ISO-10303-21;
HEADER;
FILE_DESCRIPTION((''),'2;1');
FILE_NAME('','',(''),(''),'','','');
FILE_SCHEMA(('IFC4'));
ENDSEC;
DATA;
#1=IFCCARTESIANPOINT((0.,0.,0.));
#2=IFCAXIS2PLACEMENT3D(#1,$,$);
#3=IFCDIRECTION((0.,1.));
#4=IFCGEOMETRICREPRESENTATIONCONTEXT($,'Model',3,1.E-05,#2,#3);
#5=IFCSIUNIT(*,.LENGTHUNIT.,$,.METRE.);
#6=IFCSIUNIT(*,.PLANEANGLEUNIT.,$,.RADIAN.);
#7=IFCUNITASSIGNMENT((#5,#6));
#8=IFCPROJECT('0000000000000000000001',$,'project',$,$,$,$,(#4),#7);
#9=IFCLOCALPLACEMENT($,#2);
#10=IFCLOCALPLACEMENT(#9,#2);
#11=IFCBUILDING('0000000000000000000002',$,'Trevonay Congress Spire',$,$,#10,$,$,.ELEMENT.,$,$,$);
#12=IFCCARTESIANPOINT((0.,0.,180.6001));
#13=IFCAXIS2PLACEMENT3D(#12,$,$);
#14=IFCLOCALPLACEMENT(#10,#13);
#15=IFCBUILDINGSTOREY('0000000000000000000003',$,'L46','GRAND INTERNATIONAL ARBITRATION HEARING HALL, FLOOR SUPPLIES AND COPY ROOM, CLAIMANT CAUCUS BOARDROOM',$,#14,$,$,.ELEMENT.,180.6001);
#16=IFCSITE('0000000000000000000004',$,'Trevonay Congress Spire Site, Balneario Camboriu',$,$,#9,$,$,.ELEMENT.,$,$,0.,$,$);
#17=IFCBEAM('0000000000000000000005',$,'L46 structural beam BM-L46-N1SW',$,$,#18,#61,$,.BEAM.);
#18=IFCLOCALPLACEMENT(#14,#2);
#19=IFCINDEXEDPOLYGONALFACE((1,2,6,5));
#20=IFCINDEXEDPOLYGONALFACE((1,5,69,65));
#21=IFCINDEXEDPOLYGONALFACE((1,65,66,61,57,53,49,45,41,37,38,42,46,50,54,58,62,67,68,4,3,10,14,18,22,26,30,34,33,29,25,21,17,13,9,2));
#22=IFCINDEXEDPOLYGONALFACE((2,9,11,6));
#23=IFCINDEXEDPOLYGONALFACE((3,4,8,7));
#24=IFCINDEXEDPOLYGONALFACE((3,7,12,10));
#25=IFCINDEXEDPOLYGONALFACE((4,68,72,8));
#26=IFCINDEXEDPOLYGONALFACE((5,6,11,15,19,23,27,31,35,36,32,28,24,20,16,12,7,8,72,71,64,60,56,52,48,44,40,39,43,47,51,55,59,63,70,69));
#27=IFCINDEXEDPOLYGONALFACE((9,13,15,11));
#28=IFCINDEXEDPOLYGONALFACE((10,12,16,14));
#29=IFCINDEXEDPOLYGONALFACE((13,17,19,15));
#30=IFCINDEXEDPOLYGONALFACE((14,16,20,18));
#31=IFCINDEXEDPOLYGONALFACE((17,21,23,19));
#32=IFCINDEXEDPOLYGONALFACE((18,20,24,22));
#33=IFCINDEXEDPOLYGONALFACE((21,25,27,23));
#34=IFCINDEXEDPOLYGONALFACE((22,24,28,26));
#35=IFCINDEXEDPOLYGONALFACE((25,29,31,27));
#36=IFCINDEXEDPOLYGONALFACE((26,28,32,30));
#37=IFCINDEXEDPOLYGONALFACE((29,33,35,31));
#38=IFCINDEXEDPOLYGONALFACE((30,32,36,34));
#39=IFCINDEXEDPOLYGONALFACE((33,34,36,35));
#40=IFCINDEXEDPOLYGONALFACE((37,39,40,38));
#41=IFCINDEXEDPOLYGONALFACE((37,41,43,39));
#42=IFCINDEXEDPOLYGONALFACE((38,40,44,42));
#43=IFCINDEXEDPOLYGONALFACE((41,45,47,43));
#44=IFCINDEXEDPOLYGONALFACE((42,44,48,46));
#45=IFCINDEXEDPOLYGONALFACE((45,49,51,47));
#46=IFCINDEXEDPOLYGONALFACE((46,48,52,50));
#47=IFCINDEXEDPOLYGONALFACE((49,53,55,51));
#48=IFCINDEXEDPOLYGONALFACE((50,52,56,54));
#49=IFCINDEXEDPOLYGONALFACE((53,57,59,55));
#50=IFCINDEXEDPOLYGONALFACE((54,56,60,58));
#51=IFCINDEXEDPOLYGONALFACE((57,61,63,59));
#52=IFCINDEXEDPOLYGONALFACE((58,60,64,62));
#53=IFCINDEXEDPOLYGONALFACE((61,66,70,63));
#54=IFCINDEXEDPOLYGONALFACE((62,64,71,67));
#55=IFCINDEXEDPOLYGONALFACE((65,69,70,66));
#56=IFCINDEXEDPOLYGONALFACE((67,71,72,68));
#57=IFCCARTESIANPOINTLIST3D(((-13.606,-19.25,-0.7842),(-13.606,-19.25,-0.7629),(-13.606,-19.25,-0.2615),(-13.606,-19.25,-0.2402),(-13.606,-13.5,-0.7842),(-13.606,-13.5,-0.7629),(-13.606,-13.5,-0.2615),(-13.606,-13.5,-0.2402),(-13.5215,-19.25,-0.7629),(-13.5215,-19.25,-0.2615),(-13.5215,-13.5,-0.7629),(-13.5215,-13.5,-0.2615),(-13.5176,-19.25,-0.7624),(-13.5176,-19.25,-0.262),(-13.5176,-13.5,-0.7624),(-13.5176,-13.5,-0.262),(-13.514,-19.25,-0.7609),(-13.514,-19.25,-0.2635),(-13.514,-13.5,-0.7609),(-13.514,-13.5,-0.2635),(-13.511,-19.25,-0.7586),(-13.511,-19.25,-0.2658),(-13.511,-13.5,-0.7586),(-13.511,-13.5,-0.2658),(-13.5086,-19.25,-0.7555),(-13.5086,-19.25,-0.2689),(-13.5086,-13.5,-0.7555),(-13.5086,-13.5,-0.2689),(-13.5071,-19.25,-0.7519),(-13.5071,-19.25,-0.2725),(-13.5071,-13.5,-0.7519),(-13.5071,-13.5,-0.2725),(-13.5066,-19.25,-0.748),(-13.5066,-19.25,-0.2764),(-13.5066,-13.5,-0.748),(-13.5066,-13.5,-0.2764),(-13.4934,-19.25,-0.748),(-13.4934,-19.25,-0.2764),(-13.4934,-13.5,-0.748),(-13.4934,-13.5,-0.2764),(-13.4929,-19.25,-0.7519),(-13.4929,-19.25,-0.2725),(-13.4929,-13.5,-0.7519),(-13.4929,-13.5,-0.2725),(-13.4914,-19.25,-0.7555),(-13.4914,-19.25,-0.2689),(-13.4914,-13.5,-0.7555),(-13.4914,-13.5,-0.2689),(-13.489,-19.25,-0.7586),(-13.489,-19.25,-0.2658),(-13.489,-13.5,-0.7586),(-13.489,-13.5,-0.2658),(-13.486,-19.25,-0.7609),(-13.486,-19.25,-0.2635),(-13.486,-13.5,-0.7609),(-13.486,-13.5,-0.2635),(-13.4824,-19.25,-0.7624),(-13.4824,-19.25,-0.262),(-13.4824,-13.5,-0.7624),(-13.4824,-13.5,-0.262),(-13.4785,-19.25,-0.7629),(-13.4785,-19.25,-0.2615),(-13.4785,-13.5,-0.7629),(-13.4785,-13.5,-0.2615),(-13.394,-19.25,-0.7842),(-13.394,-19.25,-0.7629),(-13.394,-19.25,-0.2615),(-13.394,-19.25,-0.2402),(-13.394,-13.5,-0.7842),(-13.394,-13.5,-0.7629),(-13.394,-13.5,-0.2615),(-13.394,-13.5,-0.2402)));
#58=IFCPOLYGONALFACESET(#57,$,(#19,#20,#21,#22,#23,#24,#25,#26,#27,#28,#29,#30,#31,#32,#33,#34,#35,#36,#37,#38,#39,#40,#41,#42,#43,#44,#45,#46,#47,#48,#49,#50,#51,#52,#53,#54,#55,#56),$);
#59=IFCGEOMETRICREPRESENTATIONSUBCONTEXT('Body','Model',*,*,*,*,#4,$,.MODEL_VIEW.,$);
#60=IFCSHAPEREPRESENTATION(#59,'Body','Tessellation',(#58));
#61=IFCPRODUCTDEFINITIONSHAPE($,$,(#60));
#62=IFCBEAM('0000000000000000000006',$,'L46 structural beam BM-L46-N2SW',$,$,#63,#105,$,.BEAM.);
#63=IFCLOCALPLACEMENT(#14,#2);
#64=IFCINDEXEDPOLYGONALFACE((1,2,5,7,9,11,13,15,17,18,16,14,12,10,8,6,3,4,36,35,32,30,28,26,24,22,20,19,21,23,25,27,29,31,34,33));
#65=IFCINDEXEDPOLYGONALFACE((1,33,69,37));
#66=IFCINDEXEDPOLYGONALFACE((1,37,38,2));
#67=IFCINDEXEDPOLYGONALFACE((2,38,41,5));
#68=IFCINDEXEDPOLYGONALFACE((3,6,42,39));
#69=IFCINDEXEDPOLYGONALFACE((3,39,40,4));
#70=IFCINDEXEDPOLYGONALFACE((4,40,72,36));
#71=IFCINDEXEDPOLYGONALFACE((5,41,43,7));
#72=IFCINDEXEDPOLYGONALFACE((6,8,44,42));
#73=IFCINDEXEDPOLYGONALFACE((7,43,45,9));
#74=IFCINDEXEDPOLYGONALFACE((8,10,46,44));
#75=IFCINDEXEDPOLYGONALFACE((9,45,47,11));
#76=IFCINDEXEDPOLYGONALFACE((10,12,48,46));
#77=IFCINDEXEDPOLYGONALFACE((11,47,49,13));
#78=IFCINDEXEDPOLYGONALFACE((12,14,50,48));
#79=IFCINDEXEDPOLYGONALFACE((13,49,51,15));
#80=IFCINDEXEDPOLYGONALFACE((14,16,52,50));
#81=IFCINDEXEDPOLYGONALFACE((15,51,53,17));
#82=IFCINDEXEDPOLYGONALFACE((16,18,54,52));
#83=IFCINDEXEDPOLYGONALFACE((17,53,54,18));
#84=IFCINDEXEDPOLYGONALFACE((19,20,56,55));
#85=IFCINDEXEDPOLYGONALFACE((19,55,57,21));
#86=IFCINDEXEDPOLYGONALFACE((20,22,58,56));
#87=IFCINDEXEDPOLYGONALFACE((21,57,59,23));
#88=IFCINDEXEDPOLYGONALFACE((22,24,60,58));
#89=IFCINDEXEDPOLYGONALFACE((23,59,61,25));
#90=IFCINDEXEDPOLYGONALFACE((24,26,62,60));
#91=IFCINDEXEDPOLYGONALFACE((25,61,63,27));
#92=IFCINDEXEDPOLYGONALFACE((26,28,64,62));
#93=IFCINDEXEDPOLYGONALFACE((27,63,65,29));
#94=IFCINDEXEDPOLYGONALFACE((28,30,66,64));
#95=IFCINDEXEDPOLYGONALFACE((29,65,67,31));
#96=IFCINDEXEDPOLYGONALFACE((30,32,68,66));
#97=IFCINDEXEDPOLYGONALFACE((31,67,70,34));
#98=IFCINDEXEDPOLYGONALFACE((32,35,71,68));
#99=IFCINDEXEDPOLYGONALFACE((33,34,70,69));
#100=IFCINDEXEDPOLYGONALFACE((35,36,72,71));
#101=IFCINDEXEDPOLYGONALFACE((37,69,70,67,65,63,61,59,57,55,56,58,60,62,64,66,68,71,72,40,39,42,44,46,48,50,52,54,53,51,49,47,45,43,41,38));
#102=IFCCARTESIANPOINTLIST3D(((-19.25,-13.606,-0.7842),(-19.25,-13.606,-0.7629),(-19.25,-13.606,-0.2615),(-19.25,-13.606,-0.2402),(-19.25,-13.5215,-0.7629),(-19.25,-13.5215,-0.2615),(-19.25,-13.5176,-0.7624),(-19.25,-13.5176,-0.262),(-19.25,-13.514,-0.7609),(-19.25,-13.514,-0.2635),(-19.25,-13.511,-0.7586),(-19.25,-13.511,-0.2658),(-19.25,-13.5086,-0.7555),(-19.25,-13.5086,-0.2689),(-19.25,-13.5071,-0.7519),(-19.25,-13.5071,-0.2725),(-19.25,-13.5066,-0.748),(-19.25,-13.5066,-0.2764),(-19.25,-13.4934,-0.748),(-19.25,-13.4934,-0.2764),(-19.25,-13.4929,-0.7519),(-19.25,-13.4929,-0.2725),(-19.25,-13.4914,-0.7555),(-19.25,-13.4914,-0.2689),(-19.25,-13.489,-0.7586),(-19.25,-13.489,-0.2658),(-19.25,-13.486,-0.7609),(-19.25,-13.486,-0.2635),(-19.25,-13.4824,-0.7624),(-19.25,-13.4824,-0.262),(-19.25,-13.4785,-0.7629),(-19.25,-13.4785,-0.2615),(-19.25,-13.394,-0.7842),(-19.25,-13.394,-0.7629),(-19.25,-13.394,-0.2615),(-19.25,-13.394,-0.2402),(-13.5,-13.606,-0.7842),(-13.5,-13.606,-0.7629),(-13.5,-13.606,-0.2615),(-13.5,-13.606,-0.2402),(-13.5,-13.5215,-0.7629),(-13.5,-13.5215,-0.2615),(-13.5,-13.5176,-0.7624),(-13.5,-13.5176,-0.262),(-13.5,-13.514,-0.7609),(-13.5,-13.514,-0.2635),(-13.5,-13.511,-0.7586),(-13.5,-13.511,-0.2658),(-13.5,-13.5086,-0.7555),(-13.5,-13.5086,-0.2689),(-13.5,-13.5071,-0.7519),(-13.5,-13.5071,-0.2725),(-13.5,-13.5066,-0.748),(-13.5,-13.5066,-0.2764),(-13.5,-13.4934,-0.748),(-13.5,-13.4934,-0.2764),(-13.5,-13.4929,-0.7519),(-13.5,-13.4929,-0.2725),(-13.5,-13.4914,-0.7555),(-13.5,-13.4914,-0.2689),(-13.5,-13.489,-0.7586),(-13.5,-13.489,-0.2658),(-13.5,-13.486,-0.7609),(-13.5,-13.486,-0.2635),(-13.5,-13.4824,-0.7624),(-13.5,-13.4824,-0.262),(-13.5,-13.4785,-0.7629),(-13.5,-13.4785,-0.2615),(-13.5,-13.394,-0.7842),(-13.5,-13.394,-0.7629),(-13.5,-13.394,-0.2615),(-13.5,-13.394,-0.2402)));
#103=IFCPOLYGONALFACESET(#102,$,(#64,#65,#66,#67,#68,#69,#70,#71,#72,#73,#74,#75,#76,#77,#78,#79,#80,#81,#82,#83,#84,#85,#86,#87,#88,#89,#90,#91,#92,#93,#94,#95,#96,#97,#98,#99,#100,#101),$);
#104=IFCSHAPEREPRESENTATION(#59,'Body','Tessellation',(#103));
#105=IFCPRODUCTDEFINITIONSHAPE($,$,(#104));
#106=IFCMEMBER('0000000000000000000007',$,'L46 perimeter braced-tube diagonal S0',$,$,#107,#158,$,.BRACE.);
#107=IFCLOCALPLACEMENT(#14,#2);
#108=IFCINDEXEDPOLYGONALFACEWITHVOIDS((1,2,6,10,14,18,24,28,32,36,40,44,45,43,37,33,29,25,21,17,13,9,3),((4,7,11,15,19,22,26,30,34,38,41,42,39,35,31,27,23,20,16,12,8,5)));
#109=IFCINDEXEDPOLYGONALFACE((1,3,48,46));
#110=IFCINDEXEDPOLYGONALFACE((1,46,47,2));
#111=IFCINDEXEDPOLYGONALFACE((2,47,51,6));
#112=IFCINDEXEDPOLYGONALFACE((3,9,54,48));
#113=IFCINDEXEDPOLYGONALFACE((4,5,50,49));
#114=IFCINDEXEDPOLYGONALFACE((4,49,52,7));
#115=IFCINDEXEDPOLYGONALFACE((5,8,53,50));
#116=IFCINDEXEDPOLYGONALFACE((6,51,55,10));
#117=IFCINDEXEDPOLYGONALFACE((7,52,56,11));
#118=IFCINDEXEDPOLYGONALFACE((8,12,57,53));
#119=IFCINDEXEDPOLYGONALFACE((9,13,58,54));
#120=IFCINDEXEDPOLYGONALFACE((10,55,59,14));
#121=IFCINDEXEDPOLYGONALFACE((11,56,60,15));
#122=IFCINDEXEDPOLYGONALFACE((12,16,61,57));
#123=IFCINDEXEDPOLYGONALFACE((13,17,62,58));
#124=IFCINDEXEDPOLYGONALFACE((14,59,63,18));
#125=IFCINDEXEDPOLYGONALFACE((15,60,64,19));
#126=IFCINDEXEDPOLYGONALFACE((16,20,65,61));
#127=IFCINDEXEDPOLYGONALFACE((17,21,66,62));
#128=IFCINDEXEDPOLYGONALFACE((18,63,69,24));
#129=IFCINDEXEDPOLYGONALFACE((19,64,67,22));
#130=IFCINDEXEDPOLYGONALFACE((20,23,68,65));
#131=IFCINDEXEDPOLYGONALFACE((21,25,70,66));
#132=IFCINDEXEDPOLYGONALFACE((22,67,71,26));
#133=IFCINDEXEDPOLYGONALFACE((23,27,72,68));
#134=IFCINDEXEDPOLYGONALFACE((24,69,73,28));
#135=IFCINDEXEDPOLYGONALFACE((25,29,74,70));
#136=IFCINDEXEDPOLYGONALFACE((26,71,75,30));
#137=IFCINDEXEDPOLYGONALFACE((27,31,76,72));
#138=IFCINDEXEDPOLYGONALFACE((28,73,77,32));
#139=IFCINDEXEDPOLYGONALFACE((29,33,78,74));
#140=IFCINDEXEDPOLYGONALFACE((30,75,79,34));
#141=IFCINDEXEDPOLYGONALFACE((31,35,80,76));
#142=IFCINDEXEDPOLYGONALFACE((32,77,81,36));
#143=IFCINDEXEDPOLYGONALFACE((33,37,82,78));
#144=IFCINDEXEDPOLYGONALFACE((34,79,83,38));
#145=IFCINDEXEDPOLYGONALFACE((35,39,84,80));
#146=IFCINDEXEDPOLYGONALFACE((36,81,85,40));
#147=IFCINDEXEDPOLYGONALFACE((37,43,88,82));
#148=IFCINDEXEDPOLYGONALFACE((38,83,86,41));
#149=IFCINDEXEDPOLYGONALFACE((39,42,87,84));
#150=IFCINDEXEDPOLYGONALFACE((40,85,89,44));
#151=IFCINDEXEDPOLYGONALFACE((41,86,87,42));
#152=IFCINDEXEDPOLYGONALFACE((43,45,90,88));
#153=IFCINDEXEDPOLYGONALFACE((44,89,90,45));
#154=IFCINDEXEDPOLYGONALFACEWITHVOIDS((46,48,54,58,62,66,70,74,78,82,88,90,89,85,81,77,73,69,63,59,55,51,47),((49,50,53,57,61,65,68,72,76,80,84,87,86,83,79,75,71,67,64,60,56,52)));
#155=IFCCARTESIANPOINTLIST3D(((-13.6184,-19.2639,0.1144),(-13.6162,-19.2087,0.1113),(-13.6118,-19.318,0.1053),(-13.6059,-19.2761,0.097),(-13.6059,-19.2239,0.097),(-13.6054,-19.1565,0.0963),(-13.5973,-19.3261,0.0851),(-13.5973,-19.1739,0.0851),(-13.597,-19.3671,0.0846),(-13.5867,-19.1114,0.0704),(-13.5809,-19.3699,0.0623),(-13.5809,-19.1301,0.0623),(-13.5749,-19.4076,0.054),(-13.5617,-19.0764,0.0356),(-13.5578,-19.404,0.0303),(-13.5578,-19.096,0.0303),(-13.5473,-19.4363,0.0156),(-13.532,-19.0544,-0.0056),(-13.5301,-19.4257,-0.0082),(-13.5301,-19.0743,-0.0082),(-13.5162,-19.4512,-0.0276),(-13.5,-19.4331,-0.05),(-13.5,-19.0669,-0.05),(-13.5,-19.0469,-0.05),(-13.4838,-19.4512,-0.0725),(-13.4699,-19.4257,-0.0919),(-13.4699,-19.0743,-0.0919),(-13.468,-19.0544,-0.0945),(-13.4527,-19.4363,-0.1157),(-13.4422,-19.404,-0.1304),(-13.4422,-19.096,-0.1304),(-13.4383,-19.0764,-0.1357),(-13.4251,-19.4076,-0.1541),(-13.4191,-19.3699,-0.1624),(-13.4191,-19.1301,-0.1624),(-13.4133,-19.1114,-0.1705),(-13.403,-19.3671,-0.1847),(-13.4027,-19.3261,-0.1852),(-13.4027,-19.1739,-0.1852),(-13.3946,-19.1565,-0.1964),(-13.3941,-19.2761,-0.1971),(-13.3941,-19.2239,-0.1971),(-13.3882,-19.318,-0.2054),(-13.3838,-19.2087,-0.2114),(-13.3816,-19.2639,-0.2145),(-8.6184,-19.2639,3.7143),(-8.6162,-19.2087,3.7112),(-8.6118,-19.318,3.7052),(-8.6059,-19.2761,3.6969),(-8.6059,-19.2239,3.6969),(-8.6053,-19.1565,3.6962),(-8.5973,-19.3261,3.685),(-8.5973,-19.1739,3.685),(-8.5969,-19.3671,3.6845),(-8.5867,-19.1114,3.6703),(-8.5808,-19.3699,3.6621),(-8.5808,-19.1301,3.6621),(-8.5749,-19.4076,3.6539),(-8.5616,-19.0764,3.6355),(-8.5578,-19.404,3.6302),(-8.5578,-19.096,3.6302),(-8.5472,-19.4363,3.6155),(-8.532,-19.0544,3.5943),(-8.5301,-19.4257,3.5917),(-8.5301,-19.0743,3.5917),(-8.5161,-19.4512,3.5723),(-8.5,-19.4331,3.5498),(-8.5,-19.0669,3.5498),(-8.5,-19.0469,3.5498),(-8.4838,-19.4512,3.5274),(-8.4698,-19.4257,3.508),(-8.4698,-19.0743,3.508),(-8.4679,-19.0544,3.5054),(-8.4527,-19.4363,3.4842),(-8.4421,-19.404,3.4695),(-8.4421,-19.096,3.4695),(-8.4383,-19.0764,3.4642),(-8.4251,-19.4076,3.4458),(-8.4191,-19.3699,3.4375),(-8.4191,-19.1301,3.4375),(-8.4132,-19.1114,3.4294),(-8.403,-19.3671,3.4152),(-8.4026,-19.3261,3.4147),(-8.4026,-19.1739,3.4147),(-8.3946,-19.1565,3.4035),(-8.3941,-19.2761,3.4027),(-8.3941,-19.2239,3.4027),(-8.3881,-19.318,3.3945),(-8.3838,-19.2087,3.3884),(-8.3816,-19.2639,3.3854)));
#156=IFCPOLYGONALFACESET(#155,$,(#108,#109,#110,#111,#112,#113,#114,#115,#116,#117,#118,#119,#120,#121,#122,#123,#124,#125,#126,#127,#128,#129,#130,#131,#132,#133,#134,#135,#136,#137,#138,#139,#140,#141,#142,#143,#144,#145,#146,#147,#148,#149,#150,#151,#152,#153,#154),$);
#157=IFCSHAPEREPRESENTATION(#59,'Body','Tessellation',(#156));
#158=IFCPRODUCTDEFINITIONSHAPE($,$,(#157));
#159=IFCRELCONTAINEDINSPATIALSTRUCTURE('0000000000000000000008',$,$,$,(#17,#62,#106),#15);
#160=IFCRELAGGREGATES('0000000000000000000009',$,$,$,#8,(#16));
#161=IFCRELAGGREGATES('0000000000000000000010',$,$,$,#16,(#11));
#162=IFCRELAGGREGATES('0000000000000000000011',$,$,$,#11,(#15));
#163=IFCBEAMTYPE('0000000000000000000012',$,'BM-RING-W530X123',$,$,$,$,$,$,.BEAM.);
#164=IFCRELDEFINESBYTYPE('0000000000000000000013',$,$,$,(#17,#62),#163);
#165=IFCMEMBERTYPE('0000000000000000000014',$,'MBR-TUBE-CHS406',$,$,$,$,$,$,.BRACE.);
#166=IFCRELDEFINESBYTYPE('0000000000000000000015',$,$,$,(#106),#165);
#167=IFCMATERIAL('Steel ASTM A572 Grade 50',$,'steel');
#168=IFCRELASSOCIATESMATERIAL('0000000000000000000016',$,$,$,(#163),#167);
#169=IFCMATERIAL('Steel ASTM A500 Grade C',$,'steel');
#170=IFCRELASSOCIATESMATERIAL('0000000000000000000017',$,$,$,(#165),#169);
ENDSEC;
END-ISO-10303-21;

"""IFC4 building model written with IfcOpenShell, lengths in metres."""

from ifc_helpers import new_model, si_unit, direction, frame, origin, origin_2d, place, context, subcontext, project, spatial, hollow_circle, i_section, extrude, material, material_profile, profile_set, type_object, element, save


model = new_model("IFC4")

# Units and contexts
model_context = context("Model", 3, precision=1e-05, world=origin(), true_north=direction((0.0, 1.0)))
body_context = subcontext(model_context, "Body", "Model", "MODEL_VIEW")
ifc_project = project(units=[si_unit("LENGTHUNIT", "METRE"), si_unit("PLANEANGLEUNIT", "RADIAN")], contexts=[model_context])

# Site, building, storey
site_placement = place(None, origin())
site = spatial("IfcSite", under=ifc_project, at=site_placement, Name="Trevonay Congress Spire Site, Balneario Camboriu", CompositionType="ELEMENT", RefElevation=0.0)
building_placement = place(site_placement, origin())
building = spatial("IfcBuilding", under=site, at=building_placement, Name="Trevonay Congress Spire", CompositionType="ELEMENT")
storey_placement = place(building_placement, frame((0.0, 0.0, 180.6001)))
storey = spatial("IfcBuildingStorey", under=building, at=storey_placement, Name="L46", Description="GRAND INTERNATIONAL ARBITRATION HEARING HALL, FLOOR SUPPLIES AND COPY ROOM, CLAIMANT CAUCUS BOARDROOM", CompositionType="ELEMENT", Elevation=180.6001)

# Shared definitions
ifc_material_1 = material(Name="Steel ASTM A572 Grade 50", Category="steel")

# Beams
ifc_material_profile_1 = material_profile(ifc_material_1, i_section(OverallWidth=0.2119, OverallDepth=0.5439, WebThickness=0.0132, FlangeThickness=0.0212, FilletRadius=0.0149, at=origin_2d()), Name="W530x123")
ifc_profile_set_1 = profile_set([ifc_material_profile_1], Name="Steel ASTM A572 Grade 50")
beam_type = type_object("IfcBeamType", Name="BM-RING-W530X123", PredefinedType="BEAM", material=ifc_profile_set_1)
for number, where, z_axis, x_axis, name in (
    (1, (-13.5, -19.25, -0.5122), (0.0, 1.0, 0.0), (-1.0, 0.0, 0.0), "L46 structural beam BM-L46-N1SW"),
    (2, (-19.25, -13.5, -0.5122), (1.0, 0.0, 0.0), (0.0, 1.0, 0.0), "L46 structural beam BM-L46-N2SW"),
):
    element("IfcBeam", number, at=place(storey_placement, frame(where, z_axis=z_axis, x_axis=x_axis)), inside=storey, type_object=beam_type, Name=name, PredefinedType="BEAM", context=body_context, shape_type="SweptSolid", body=[
        extrude(i_section(OverallWidth=0.2119, OverallDepth=0.5439, WebThickness=0.0132, FlangeThickness=0.0212, FilletRadius=0.0149, at=origin_2d()), origin(), (0.0, 0.0, 1.0), 5.75),
    ])

# Member
ifc_material_2 = material(Name="Steel ASTM A500 Grade C", Category="steel")
ifc_material_profile_2 = material_profile(ifc_material_2, hollow_circle(Radius=0.2031, WallThickness=0.02, at=origin_2d()), Name="CHS 406.4x20")
ifc_profile_set_2 = profile_set([ifc_material_profile_2], Name="Steel ASTM A500 Grade C")
member_type = type_object("IfcMemberType", Name="MBR-TUBE-CHS406", PredefinedType="BRACE", material=ifc_profile_set_2)
for number, where, z_axis, x_axis, name in (
    (3, (-13.5, -19.25, -0.05), (0.811546, 0.0, 0.584289), (0.0, 1.0, 0.0), "L46 perimeter braced-tube diagonal S0"),
):
    element("IfcMember", number, at=place(storey_placement, frame(where, z_axis=z_axis, x_axis=x_axis)), inside=storey, type_object=member_type, Name=name, PredefinedType="BRACE", context=body_context, shape_type="SweptSolid", body=[
        extrude(hollow_circle(Radius=0.2031, WallThickness=0.02, at=origin_2d()), origin(), (0.0, 0.0, 1.0), 6.1611),
    ])

save(model, "model.ifc")
